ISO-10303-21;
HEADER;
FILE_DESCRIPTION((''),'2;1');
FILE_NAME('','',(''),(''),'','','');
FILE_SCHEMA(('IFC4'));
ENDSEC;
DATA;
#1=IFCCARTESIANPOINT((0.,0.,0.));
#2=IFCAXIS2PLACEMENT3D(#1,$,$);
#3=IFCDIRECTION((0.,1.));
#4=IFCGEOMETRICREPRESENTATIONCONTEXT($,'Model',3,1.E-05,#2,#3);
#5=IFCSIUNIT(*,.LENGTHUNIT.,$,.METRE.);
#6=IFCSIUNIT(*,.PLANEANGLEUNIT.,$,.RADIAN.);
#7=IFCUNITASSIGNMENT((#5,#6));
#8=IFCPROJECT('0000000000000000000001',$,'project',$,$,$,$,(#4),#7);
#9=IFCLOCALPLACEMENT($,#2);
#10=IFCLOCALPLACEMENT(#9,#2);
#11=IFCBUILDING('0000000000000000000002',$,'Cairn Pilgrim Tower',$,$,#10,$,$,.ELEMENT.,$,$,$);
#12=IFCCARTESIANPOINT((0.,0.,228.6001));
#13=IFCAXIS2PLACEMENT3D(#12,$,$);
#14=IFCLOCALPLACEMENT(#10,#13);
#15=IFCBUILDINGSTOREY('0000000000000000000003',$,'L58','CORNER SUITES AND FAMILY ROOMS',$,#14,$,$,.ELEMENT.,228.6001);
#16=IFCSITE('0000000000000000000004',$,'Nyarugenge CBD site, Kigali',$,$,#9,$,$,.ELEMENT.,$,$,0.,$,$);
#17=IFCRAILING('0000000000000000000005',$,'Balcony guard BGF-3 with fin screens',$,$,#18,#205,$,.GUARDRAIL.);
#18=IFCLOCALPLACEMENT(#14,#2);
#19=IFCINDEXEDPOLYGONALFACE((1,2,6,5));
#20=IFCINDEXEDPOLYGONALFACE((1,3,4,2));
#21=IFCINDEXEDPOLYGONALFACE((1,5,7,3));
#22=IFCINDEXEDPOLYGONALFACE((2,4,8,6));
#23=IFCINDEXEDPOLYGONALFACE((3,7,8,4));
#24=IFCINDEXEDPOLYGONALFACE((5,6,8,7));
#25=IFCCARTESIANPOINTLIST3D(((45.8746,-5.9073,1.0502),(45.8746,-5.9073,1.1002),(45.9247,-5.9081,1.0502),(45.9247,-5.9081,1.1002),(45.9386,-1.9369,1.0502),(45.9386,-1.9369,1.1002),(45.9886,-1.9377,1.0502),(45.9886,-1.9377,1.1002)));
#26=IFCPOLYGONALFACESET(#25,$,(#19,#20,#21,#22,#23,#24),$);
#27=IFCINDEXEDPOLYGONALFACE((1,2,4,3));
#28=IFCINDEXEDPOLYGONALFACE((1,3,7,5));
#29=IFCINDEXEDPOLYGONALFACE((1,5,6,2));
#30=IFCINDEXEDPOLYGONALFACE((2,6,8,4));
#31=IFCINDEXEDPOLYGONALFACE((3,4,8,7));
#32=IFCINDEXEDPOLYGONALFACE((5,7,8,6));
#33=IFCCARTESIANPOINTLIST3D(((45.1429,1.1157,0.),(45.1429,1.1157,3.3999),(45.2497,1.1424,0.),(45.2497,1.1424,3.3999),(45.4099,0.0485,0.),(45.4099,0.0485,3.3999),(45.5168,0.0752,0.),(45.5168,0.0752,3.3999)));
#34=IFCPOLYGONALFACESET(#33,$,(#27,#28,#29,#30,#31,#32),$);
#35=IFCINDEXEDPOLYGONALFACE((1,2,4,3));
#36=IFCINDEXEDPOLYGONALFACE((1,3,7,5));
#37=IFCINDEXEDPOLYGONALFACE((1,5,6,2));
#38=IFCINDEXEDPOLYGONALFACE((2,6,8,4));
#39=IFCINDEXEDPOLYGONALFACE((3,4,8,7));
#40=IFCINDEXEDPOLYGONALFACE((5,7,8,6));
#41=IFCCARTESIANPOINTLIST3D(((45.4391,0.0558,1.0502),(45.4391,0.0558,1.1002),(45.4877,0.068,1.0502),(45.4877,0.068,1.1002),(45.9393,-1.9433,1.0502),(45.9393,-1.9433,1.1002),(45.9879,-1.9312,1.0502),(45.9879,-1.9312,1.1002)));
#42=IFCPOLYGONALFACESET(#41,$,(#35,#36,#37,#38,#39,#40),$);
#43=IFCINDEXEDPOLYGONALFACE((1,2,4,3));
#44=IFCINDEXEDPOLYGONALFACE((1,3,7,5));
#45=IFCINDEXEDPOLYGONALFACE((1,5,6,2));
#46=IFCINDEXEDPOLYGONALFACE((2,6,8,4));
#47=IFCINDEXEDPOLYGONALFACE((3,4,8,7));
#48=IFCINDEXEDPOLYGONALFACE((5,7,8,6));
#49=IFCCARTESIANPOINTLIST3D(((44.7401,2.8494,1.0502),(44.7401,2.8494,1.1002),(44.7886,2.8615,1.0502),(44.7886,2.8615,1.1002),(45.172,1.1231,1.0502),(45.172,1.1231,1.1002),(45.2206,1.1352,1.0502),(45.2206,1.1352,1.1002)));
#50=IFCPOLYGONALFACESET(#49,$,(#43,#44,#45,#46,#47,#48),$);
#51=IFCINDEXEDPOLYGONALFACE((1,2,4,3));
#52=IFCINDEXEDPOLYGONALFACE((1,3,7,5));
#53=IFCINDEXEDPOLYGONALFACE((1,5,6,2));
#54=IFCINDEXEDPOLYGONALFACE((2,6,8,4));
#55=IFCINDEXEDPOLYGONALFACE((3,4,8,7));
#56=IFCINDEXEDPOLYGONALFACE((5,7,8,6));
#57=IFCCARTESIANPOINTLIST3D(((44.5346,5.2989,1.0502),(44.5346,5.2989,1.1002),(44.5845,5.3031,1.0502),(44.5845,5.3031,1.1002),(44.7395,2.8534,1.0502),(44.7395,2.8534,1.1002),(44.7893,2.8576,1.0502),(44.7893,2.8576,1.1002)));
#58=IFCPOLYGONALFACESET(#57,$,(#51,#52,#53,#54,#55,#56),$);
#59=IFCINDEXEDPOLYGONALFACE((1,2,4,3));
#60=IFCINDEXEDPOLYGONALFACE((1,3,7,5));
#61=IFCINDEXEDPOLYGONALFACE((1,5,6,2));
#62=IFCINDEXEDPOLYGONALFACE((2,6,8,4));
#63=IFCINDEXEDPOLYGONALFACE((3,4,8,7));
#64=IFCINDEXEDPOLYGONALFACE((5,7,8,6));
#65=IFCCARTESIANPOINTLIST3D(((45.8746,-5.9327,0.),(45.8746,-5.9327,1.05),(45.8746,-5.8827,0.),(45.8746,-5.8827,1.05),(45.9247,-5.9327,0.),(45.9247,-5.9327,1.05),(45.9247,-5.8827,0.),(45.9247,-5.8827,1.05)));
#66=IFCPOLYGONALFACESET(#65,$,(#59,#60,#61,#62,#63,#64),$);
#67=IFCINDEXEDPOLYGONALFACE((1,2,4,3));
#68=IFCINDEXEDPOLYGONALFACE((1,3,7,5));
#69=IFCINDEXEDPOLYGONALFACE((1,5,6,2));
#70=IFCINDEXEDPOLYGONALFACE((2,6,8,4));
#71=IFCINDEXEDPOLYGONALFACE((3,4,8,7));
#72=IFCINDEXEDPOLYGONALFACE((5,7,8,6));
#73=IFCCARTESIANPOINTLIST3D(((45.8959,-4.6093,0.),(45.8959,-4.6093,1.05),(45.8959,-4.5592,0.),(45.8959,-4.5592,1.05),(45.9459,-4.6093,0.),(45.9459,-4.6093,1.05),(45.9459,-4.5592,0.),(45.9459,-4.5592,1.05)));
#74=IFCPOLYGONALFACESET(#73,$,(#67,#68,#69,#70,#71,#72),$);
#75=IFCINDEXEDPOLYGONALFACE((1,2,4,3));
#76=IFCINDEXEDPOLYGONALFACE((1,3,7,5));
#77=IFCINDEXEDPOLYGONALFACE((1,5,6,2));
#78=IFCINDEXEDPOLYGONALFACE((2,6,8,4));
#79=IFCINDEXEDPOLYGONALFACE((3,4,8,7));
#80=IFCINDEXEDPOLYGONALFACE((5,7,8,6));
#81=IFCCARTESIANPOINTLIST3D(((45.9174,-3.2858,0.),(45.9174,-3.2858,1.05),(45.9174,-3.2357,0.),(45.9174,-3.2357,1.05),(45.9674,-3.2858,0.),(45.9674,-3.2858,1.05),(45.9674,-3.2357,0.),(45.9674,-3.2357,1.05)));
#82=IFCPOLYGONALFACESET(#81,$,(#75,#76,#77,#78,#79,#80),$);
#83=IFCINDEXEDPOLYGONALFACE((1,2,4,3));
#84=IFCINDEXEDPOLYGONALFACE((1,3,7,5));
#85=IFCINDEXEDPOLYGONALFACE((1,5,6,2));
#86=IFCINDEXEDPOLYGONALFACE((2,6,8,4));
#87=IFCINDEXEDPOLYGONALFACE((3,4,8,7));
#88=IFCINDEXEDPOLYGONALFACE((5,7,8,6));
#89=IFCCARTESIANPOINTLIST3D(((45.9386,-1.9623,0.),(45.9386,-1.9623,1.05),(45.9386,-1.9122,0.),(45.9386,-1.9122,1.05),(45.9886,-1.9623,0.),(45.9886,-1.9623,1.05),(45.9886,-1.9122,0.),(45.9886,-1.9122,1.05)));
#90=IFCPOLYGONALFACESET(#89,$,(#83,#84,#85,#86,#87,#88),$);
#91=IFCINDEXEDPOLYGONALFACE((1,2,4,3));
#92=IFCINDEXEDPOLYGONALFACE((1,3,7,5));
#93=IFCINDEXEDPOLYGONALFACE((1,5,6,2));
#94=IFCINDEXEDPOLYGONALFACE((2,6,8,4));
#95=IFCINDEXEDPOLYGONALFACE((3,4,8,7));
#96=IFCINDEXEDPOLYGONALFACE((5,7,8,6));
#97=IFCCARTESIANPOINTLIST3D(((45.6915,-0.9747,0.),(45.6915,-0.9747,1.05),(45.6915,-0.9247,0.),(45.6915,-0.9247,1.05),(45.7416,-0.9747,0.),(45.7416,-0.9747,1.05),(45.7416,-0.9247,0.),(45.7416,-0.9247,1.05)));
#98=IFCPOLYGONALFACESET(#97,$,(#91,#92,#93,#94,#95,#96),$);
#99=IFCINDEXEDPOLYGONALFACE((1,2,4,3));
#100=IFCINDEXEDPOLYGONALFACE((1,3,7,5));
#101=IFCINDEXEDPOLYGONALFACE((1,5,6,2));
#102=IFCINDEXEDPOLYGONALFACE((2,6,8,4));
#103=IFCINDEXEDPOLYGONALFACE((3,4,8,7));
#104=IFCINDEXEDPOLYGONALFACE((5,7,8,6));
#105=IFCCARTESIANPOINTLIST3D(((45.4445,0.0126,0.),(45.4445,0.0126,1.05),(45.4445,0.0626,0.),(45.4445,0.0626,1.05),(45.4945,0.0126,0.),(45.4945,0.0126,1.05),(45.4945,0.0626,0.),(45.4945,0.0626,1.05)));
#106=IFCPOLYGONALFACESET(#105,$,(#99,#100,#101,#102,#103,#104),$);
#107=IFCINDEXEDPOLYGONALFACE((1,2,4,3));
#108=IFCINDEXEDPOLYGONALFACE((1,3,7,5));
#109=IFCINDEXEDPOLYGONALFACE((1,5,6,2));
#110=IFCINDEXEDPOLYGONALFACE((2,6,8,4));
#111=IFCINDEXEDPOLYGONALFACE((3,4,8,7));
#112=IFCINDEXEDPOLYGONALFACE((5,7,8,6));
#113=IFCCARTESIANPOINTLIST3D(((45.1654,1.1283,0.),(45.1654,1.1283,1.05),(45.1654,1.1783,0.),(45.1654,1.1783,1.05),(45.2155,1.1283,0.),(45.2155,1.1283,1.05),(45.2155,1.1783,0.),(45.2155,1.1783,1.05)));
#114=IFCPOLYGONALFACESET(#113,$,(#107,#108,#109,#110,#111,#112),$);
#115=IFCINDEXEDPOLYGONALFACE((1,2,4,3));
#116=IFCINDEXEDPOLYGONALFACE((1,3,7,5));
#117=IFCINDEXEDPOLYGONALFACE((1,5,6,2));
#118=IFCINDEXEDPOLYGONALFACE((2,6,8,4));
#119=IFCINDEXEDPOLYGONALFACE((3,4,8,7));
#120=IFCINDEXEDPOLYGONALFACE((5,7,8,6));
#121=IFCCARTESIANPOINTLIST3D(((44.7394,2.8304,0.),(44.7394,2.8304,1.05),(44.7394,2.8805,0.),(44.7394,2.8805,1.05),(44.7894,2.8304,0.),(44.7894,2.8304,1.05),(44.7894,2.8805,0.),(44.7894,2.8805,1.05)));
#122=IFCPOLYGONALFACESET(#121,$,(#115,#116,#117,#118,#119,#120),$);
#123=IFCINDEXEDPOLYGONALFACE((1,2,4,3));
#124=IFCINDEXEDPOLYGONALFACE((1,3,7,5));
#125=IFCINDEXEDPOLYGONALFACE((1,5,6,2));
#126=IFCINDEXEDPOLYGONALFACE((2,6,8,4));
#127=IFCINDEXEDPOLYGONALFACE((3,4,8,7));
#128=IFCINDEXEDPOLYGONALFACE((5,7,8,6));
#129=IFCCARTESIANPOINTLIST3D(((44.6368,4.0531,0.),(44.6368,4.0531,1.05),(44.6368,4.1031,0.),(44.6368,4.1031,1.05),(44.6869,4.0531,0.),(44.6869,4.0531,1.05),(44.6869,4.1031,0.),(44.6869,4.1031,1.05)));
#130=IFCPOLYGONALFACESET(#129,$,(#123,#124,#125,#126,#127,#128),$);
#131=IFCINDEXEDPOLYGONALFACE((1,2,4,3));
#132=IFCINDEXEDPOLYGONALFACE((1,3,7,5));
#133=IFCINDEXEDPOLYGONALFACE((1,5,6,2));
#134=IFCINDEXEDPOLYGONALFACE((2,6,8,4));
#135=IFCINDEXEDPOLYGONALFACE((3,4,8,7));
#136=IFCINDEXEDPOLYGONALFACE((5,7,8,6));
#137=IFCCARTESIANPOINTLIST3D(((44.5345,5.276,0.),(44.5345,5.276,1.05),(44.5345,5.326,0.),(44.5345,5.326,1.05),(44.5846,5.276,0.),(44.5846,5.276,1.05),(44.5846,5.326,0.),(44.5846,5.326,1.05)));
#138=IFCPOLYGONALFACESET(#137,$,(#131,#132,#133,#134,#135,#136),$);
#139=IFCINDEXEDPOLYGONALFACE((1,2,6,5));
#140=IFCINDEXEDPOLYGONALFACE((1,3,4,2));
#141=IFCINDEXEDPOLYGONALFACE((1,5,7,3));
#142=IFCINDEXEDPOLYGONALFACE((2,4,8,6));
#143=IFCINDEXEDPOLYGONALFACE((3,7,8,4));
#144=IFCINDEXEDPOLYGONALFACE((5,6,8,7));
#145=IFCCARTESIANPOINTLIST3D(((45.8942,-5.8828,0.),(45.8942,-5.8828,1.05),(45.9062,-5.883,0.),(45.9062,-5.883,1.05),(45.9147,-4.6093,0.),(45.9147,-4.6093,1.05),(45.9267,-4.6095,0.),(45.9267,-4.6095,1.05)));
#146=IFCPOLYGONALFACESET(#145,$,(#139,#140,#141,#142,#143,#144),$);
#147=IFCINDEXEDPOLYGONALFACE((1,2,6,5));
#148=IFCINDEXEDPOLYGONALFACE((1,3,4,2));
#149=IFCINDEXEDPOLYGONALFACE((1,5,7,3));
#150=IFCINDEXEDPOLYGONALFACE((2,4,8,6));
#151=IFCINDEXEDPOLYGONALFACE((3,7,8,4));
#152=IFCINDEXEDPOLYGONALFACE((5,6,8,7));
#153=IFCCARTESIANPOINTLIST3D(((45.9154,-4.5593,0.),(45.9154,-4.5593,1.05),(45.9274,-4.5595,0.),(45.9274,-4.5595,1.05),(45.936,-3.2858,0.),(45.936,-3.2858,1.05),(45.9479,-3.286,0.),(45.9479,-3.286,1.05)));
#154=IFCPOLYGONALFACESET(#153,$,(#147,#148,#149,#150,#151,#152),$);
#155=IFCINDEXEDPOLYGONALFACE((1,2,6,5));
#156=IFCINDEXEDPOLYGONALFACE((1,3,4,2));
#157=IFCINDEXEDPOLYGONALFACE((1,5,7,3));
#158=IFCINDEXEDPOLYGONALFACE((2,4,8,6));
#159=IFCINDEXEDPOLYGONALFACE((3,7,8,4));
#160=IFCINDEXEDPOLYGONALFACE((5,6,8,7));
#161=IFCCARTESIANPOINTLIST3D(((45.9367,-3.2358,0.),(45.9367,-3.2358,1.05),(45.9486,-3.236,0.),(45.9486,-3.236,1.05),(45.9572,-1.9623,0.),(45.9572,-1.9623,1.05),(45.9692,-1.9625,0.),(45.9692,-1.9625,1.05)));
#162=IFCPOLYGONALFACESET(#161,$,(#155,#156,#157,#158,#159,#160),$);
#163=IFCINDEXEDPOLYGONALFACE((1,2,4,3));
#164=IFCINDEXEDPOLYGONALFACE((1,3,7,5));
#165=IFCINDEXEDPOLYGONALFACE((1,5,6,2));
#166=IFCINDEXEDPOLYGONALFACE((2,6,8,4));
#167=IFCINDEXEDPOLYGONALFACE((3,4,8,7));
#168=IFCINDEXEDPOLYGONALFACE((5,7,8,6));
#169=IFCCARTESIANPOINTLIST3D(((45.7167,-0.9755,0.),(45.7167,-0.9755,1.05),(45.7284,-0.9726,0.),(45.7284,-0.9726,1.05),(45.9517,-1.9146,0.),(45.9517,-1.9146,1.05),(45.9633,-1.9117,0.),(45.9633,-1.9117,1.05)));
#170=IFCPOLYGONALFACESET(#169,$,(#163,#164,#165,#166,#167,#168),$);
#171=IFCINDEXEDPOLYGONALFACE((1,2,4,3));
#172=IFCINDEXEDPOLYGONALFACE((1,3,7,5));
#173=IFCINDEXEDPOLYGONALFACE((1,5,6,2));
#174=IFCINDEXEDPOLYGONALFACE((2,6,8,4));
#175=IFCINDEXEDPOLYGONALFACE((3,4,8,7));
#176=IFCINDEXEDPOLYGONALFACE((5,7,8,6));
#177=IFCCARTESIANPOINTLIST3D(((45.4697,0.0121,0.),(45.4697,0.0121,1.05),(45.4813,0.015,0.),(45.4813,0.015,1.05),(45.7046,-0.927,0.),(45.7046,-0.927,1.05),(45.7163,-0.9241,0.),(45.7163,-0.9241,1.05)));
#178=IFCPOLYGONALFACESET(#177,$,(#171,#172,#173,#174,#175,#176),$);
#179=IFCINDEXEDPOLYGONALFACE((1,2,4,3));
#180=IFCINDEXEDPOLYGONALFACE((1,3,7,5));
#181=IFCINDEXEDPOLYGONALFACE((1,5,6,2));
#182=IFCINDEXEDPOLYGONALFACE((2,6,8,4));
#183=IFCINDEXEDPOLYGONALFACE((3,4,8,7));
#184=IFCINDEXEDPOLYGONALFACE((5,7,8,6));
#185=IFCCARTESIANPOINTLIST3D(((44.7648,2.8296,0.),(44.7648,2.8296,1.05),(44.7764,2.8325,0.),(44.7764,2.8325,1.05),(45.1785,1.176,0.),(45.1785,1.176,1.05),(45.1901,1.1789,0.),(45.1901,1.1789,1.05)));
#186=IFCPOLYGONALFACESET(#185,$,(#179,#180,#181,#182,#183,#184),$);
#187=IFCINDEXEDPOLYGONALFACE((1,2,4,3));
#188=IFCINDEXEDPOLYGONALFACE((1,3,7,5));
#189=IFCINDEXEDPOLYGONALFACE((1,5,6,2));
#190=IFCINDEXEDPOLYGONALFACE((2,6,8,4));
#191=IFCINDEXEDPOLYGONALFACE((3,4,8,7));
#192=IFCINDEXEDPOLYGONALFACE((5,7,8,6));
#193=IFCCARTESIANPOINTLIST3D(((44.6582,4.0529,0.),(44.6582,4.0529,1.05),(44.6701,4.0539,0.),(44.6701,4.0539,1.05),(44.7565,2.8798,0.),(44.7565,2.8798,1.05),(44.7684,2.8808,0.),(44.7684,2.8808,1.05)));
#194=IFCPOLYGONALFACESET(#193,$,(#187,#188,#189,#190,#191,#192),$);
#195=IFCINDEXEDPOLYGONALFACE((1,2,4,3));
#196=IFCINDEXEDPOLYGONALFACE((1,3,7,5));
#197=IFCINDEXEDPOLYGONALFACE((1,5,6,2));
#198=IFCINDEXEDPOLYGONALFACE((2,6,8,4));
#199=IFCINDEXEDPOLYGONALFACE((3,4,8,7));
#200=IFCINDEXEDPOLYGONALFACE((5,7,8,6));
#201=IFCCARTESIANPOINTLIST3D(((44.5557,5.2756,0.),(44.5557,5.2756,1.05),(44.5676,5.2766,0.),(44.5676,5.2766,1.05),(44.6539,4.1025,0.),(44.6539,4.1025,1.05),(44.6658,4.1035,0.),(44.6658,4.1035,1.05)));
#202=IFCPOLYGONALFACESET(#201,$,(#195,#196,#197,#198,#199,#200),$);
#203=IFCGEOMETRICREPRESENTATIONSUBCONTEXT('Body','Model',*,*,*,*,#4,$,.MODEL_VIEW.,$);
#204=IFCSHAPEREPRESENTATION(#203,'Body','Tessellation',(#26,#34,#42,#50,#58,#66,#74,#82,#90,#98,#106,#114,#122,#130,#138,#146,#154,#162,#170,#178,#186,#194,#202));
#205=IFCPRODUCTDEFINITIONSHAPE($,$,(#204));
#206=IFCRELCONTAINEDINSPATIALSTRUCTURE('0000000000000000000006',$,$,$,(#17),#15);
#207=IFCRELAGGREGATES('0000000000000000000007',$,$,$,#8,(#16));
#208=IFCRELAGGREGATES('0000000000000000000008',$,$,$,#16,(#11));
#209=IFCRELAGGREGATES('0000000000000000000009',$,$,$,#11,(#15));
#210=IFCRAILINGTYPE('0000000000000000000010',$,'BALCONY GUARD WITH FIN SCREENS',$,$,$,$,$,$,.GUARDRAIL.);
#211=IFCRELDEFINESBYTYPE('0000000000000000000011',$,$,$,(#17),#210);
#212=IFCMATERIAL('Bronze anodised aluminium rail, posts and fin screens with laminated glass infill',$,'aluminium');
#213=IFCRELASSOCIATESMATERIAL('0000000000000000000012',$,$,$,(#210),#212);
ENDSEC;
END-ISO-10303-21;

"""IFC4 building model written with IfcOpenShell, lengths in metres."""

from ifc_helpers import new_model, si_unit, direction, frame, origin, origin_2d, place, context, subcontext, project, spatial, polyline, rectangle, outline, extrude, material, type_object, element, save


model = new_model("IFC4")

# Units and contexts
model_context = context("Model", 3, precision=1e-05, world=origin(), true_north=direction((0.0, 1.0)))
body_context = subcontext(model_context, "Body", "Model", "MODEL_VIEW")
ifc_project = project(units=[si_unit("LENGTHUNIT", "METRE"), si_unit("PLANEANGLEUNIT", "RADIAN")], contexts=[model_context])

# Site, building, storey
site_placement = place(None, origin())
site = spatial("IfcSite", under=ifc_project, at=site_placement, Name="Nyarugenge CBD site, Kigali", CompositionType="ELEMENT", RefElevation=0.0)
building_placement = place(site_placement, origin())
building = spatial("IfcBuilding", under=site, at=building_placement, Name="Cairn Pilgrim Tower", CompositionType="ELEMENT")
storey_placement = place(building_placement, frame((0.0, 0.0, 228.6001)))
storey = spatial("IfcBuildingStorey", under=building, at=storey_placement, Name="L58", Description="CORNER SUITES AND FAMILY ROOMS", CompositionType="ELEMENT", Elevation=228.6001)

# Railing
ifc_material_1 = material(Name="Bronze anodised aluminium rail, posts and fin screens with laminated glass infill", Category="aluminium")
railing_type = type_object("IfcRailingType", Name="BALCONY GUARD WITH FIN SCREENS", PredefinedType="GUARDRAIL", material=ifc_material_1)
railing_placement = place(storey_placement, frame((45.8997, -5.9077, 0.0)))
element("IfcRailing", 1, at=railing_placement, inside=storey, type_object=railing_type, Name="Balcony guard BGF-3 with fin screens", PredefinedType="GUARDRAIL", context=body_context, shape_type="SweptSolid", body=[
    extrude(rectangle(XDim=0.05, YDim=0.05, at=origin_2d()), frame((0.0, 0.0, 1.0752), z_axis=(0.016108, 0.99987, 0.0), x_axis=(-0.99987, 0.016108, 0.0)), (0.0, 0.0, 1.0), 3.9709),
    extrude(rectangle(XDim=1.1001, YDim=0.1101, at=origin_2d()), frame((-0.5698, 6.5032, 0.0), z_axis=(0.0, 0.0, 1.0), x_axis=(-0.242733, 0.970093, 0.0)), (0.0, 0.0, 1.0), 3.3999),
    extrude(rectangle(XDim=0.05, YDim=0.05, at=origin_2d()), frame((0.064, 3.9705, 1.0752), z_axis=(-0.242733, 0.970093, 0.0), x_axis=(-0.970093, -0.242733, 0.0)), (0.0, 0.0, 1.0), 2.0608),
    extrude(rectangle(XDim=0.05, YDim=0.05, at=origin_2d()), frame((-0.7034, 7.0369, 1.0752), z_axis=(-0.242733, 0.970093, 0.0), x_axis=(-0.970093, -0.242733, 0.0)), (0.0, 0.0, 1.0), 1.7795),
    extrude(rectangle(XDim=0.05, YDim=0.05, at=origin_2d()), frame((-1.1353, 8.7632, 1.0752), z_axis=(-0.083465, 0.996511, 0.0), x_axis=(-0.996511, -0.083465, 0.0)), (0.0, 0.0, 1.0), 2.4541),
    extrude(rectangle(XDim=0.05, YDim=0.05, at=origin_2d()), origin(), (0.0, 0.0, 1.0), 1.05),
    extrude(rectangle(XDim=0.05, YDim=0.05, at=origin_2d()), frame((0.0212, 1.3235, 0.0)), (0.0, 0.0, 1.0), 1.05),
    extrude(rectangle(XDim=0.05, YDim=0.05, at=origin_2d()), frame((0.0427, 2.647, 0.0)), (0.0, 0.0, 1.0), 1.05),
    extrude(rectangle(XDim=0.05, YDim=0.05, at=origin_2d()), frame((0.064, 3.9705, 0.0)), (0.0, 0.0, 1.0), 1.05),
    extrude(rectangle(XDim=0.05, YDim=0.05, at=origin_2d()), frame((-0.1831, 4.958, 0.0)), (0.0, 0.0, 1.0), 1.05),
    extrude(rectangle(XDim=0.05, YDim=0.05, at=origin_2d()), frame((-0.4302, 5.9453, 0.0)), (0.0, 0.0, 1.0), 1.05),
    extrude(rectangle(XDim=0.05, YDim=0.05, at=origin_2d()), frame((-0.7092, 7.061, 0.0)), (0.0, 0.0, 1.0), 1.05),
    extrude(rectangle(XDim=0.05, YDim=0.05, at=origin_2d()), frame((-1.1353, 8.7632, 0.0)), (0.0, 0.0, 1.0), 1.05),
    extrude(rectangle(XDim=0.05, YDim=0.05, at=origin_2d()), frame((-1.2378, 9.9858, 0.0)), (0.0, 0.0, 1.0), 1.05),
    extrude(rectangle(XDim=0.05, YDim=0.05, at=origin_2d()), frame((-1.3401, 11.2087, 0.0)), (0.0, 0.0, 1.0), 1.05),
    extrude(outline(polyline([(0.0249, 0.0), (1.2986, 0.0), (1.2986, 1.05), (0.0249, 1.05), (0.0249, 0.0)])), frame((-0.0059, 0.0, 0.0), z_axis=(0.99987, -0.016108, 0.0), x_axis=(0.016108, 0.99987, 0.0)), (0.0, 0.0, 1.0), 0.012),
    extrude(outline(polyline([(0.0249, 0.0), (1.2986, 0.0), (1.2986, 1.05), (0.0249, 1.05), (0.0249, 0.0)])), frame((0.0154, 1.3235, 0.0), z_axis=(0.99987, -0.016108, 0.0), x_axis=(0.016108, 0.99987, 0.0)), (0.0, 0.0, 1.0), 0.012),
    extrude(outline(polyline([(0.0249, 0.0), (1.2986, 0.0), (1.2986, 1.05), (0.0249, 1.05), (0.0249, 0.0)])), frame((0.0366, 2.647, 0.0), z_axis=(0.99987, -0.016108, 0.0), x_axis=(0.016108, 0.99987, 0.0)), (0.0, 0.0, 1.0), 0.012),
    extrude(outline(polyline([(0.0249, 0.0), (0.9929, 0.0), (0.9929, 1.05), (0.0249, 1.05), (0.0249, 0.0)])), frame((0.0581, 3.969, 0.0), z_axis=(0.970093, 0.242733, 0.0), x_axis=(-0.242733, 0.970093, 0.0)), (0.0, 0.0, 1.0), 0.012),
    extrude(outline(polyline([(0.0249, 0.0), (0.9929, 0.0), (0.9929, 1.05), (0.0249, 1.05), (0.0249, 0.0)])), frame((-0.189, 4.9565, 0.0), z_axis=(0.970093, 0.242733, 0.0), x_axis=(-0.242733, 0.970093, 0.0)), (0.0, 0.0, 1.0), 0.012),
    extrude(outline(polyline([(0.0249, 0.0), (1.7295, 0.0), (1.7295, 1.05), (0.0249, 1.05), (0.0249, 0.0)])), frame((-0.7151, 7.0596, 0.0), z_axis=(0.970093, 0.242733, 0.0), x_axis=(-0.242733, 0.970093, 0.0)), (0.0, 0.0, 1.0), 0.012),
    extrude(outline(polyline([(0.0249, 0.0), (1.2021, 0.0), (1.2021, 1.05), (0.0249, 1.05), (0.0249, 0.0)])), frame((-1.1411, 8.7627, 0.0), z_axis=(0.996511, 0.083465, 0.0), x_axis=(-0.083465, 0.996511, 0.0)), (0.0, 0.0, 1.0), 0.012),
    extrude(outline(polyline([(0.0249, 0.0), (1.2021, 0.0), (1.2021, 1.05), (0.0249, 1.05), (0.0249, 0.0)])), frame((-1.2437, 9.9854, 0.0), z_axis=(0.996511, 0.083465, 0.0), x_axis=(-0.083465, 0.996511, 0.0)), (0.0, 0.0, 1.0), 0.012),
])

save(model, "model.ifc")
